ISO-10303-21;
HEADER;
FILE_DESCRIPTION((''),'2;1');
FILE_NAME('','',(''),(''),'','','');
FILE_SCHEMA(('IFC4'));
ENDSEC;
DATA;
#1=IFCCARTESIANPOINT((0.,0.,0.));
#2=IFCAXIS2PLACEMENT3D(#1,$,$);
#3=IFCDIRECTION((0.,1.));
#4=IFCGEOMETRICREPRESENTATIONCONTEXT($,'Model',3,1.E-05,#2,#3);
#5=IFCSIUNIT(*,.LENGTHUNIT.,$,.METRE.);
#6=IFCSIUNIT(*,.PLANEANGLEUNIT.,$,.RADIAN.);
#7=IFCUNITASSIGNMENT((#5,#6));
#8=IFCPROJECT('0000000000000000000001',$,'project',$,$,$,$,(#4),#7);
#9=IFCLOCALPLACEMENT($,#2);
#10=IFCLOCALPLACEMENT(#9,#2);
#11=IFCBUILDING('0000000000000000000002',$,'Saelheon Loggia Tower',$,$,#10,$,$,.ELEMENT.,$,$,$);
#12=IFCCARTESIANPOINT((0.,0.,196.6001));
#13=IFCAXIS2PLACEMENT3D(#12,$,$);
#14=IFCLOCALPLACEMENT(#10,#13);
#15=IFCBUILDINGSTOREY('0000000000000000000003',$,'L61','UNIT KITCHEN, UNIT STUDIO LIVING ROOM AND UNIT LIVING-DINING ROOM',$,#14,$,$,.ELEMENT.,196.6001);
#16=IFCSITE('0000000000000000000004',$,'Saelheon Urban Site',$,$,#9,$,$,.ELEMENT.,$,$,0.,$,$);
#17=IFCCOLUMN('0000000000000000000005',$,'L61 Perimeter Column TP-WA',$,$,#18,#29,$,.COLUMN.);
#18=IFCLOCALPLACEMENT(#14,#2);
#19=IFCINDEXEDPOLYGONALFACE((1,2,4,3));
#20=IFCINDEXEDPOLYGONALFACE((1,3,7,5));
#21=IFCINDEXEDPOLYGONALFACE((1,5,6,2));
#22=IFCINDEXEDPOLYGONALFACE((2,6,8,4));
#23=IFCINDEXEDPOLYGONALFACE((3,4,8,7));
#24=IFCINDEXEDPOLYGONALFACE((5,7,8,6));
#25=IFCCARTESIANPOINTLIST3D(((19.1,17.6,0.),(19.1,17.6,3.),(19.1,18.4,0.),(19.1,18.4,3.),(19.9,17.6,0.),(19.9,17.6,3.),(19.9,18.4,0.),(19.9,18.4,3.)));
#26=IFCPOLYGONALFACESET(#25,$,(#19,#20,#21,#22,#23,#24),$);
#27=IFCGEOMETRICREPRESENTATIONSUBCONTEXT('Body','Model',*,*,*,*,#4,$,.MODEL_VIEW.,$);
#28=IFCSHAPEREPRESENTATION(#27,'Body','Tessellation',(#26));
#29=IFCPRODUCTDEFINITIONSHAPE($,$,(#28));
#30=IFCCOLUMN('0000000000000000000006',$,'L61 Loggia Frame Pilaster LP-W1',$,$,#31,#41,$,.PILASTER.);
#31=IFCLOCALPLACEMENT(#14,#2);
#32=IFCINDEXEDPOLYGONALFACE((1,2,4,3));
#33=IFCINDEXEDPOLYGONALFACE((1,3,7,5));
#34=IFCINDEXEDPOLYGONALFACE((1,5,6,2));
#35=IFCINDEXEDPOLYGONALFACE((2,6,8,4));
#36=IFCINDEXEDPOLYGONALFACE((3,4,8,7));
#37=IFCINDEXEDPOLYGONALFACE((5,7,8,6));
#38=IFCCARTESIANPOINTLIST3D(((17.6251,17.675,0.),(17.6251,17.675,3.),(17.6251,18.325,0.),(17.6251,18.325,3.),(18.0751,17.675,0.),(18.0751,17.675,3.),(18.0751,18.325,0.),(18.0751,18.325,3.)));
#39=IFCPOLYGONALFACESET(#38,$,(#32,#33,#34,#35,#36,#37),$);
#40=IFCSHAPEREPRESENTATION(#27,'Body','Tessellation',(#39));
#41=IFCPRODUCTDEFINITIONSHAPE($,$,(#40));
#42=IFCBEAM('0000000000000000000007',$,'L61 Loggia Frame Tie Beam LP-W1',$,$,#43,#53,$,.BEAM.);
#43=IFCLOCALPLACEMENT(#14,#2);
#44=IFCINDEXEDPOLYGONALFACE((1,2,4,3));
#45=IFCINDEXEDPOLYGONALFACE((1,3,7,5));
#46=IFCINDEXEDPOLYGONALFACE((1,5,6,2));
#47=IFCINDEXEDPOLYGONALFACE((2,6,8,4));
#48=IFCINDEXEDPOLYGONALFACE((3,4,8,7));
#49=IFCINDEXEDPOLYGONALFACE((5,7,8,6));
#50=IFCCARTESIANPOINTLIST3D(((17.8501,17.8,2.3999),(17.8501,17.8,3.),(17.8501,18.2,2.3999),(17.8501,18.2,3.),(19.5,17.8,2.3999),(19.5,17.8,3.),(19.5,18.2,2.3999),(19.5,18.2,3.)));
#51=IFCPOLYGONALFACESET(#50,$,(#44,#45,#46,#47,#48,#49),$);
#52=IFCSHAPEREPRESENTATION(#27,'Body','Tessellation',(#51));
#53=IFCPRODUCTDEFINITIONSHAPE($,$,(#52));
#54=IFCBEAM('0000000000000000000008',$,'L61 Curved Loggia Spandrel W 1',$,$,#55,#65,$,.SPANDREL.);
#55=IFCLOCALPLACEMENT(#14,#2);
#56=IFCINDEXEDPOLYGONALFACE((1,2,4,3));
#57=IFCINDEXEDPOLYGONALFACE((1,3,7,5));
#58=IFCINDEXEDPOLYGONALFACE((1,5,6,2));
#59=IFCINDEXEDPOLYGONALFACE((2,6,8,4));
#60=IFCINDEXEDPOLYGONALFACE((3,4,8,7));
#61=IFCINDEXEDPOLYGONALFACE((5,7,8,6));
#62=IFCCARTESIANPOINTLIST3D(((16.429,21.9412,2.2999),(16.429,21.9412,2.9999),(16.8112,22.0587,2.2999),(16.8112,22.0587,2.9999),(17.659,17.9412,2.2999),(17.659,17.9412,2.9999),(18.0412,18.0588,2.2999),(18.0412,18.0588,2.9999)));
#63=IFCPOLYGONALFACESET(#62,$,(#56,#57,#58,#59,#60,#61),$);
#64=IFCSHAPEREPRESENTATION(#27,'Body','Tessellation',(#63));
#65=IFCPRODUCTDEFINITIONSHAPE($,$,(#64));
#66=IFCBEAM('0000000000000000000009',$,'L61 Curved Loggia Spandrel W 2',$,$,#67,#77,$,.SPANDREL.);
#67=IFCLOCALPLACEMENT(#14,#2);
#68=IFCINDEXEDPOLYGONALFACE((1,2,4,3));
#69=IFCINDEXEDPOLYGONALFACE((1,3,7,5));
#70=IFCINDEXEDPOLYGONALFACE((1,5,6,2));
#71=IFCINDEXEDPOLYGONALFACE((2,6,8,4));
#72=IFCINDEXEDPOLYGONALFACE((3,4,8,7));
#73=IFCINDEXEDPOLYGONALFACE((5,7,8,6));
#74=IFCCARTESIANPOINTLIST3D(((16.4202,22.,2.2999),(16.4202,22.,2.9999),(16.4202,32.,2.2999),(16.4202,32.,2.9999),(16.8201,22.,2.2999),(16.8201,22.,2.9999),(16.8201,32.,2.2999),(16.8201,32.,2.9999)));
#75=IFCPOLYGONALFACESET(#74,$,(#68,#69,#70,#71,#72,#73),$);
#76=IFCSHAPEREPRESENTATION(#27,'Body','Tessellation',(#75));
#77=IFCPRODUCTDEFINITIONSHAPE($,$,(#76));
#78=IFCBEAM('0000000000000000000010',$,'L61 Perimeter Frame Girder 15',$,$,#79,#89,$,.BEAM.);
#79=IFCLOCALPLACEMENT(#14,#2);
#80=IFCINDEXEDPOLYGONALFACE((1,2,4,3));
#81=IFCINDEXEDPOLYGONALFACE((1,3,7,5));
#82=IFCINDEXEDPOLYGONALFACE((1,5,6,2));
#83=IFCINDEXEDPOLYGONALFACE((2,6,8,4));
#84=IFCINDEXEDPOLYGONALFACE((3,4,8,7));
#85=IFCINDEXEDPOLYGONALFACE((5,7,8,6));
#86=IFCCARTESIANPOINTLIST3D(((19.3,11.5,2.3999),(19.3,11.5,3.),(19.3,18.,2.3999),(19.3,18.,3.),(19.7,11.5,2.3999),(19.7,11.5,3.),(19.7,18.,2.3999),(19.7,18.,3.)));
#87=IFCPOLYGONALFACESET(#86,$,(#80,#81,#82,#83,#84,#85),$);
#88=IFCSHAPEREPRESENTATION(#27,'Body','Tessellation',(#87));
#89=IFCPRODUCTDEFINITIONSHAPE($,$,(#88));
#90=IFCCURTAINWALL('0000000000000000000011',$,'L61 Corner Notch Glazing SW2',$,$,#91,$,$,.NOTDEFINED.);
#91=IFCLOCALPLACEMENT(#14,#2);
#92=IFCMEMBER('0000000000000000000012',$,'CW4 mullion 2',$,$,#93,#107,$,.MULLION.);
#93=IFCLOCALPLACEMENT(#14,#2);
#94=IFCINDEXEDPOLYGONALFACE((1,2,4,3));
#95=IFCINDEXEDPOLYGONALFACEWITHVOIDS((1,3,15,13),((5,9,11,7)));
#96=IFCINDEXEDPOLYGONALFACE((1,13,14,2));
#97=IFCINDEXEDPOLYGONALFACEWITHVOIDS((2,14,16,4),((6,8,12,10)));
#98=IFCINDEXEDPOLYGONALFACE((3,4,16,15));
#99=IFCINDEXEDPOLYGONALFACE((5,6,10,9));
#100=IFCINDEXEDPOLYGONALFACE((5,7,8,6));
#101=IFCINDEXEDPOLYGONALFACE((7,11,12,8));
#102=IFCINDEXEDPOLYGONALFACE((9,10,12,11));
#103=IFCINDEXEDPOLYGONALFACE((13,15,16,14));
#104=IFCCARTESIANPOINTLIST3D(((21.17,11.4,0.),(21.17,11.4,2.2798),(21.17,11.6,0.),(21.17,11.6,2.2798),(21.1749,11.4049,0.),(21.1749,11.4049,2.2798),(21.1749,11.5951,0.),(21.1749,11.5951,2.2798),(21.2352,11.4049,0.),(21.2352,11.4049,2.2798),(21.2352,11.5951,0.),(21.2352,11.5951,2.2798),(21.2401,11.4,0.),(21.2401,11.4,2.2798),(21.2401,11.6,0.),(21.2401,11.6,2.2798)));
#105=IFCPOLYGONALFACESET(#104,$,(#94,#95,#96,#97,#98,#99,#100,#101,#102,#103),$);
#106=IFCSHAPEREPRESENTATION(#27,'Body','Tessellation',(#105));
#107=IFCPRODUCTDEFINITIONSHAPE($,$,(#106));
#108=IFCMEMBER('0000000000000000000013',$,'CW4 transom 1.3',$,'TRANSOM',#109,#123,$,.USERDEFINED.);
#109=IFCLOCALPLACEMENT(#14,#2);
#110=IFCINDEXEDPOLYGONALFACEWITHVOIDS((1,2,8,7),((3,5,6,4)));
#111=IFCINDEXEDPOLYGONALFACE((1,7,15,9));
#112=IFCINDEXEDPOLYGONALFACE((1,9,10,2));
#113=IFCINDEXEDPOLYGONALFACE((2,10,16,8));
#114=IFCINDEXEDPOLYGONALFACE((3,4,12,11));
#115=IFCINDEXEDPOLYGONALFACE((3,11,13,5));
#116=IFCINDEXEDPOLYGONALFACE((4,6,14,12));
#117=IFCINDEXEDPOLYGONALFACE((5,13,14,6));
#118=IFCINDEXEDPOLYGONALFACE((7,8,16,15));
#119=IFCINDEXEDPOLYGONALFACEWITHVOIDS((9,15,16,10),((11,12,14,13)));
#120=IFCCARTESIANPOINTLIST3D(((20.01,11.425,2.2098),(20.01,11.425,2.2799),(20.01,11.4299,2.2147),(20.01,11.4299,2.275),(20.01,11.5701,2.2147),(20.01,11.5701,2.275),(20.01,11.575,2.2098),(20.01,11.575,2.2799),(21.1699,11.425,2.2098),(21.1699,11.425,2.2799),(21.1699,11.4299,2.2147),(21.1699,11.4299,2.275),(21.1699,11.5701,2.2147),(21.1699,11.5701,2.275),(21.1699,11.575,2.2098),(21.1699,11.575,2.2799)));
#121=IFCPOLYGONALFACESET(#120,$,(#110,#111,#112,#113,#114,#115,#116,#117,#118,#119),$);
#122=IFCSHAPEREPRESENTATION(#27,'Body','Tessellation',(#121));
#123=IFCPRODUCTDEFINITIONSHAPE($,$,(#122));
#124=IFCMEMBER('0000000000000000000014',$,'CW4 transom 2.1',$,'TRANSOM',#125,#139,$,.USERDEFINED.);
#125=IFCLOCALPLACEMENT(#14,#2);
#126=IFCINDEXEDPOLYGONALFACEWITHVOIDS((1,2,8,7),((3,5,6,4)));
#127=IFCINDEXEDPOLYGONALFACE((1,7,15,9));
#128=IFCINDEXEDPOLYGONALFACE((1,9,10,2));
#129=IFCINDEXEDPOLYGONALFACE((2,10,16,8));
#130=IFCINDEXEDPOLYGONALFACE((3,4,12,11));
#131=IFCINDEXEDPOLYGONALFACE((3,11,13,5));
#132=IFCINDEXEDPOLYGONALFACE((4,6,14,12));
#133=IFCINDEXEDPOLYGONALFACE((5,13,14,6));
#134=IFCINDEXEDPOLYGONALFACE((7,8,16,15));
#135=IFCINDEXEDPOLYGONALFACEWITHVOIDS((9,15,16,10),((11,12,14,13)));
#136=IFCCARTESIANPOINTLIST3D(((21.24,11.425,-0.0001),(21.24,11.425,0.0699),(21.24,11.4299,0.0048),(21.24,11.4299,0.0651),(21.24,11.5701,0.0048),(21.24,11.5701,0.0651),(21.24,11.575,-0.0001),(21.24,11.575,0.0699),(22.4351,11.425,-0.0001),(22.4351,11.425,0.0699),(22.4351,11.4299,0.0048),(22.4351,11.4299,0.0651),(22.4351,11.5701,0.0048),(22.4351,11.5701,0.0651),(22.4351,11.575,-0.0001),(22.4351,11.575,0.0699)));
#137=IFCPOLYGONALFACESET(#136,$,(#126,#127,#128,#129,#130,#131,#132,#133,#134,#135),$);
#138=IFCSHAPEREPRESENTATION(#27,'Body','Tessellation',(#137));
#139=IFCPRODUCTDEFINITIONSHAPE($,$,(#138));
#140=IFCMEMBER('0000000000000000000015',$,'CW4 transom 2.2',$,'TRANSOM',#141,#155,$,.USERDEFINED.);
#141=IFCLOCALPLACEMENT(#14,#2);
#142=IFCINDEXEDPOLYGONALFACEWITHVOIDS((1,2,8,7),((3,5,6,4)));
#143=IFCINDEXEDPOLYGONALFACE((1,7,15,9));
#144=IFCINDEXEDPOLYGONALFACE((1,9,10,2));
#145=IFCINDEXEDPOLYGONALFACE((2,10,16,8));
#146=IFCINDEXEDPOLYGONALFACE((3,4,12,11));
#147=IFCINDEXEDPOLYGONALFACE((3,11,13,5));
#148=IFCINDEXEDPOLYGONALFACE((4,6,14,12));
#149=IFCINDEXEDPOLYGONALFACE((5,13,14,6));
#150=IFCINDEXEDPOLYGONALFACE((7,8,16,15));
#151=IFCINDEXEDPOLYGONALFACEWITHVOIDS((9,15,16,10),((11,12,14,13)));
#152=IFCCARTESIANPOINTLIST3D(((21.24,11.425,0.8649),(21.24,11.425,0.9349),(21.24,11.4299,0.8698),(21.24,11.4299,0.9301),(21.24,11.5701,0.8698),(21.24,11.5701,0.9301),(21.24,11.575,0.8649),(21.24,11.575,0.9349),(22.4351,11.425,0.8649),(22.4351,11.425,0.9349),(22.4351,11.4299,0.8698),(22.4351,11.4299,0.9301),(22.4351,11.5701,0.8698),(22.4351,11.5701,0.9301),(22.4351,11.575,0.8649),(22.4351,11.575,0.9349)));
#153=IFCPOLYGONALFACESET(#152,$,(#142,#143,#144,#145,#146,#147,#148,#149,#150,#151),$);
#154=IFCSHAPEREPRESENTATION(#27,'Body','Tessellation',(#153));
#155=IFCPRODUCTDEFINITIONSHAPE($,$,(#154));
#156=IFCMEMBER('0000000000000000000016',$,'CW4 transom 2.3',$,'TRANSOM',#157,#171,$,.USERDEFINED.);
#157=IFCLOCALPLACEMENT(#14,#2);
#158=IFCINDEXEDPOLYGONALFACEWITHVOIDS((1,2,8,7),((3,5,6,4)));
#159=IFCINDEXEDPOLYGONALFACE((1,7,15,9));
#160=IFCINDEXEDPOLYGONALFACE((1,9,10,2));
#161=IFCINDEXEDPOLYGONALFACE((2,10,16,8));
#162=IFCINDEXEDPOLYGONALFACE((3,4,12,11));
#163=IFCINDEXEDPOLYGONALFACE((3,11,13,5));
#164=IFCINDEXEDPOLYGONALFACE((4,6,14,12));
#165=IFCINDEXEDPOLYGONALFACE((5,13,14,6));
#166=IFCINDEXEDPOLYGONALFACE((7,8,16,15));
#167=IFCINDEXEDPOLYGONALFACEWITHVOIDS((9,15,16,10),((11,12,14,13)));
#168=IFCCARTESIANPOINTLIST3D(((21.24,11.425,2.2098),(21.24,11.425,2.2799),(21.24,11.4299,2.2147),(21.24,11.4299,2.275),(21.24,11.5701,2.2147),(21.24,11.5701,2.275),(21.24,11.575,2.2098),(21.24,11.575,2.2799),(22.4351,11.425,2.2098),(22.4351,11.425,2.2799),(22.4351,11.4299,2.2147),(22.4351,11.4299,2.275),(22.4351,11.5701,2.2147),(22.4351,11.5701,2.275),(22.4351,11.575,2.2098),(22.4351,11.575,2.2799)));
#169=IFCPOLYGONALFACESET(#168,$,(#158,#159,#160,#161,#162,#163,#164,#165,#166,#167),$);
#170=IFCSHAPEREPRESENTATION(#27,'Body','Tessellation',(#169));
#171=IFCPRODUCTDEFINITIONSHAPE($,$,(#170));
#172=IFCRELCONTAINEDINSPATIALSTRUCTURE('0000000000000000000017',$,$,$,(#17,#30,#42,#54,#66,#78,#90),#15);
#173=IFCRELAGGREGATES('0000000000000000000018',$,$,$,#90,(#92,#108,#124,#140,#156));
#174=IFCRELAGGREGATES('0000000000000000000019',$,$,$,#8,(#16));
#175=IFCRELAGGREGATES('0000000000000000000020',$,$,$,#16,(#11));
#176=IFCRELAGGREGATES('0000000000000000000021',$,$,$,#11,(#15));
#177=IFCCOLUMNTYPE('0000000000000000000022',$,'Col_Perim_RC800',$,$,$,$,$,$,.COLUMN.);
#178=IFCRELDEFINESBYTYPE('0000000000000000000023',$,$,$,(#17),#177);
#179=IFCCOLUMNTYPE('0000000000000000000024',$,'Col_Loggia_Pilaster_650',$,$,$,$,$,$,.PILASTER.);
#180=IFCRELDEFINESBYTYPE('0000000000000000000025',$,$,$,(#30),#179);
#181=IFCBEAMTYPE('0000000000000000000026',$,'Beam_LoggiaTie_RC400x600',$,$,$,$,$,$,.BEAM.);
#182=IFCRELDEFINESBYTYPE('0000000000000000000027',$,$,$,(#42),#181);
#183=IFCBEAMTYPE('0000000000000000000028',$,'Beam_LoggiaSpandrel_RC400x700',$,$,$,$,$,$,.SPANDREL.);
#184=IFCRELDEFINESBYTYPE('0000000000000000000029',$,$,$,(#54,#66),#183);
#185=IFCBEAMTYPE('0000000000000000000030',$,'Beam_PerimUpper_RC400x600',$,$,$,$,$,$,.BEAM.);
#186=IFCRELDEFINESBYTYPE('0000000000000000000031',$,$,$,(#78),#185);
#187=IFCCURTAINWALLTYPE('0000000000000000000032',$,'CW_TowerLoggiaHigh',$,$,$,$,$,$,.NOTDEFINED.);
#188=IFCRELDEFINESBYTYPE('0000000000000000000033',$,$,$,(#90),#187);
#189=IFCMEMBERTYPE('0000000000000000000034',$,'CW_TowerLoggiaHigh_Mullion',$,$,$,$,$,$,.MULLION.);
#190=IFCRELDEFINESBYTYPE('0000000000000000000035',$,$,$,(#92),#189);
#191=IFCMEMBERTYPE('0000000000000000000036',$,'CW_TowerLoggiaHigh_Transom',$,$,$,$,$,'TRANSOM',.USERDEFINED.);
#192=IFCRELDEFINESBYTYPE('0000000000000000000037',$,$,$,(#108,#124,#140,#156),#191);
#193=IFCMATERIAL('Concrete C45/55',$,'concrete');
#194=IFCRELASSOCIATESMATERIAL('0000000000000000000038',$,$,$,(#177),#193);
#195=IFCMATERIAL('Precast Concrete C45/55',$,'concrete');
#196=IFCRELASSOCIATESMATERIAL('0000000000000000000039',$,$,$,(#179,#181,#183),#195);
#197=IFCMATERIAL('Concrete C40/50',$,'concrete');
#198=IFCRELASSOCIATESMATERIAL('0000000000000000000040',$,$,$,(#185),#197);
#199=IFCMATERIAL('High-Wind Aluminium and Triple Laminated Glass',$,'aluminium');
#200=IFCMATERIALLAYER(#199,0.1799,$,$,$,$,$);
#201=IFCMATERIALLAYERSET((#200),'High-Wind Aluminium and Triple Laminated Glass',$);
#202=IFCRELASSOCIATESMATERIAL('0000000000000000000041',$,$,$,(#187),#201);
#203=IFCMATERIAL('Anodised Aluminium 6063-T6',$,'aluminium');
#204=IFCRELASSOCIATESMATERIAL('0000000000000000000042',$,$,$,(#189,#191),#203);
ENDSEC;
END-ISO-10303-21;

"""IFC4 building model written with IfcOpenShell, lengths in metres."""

from ifc_helpers import new_model, si_unit, direction, frame, origin, origin_2d, place, context, subcontext, project, spatial, rectangle, hollow_rectangle, extrude, source, transform, mapped, material, layer, layer_set, material_profile, profile_set, type_object, element, aggregate, save


model = new_model("IFC4")

# Units and contexts
model_context = context("Model", 3, precision=1e-05, world=origin(), true_north=direction((0.0, 1.0)))
body_context = subcontext(model_context, "Body", "Model", "MODEL_VIEW")
ifc_project = project(units=[si_unit("LENGTHUNIT", "METRE"), si_unit("PLANEANGLEUNIT", "RADIAN")], contexts=[model_context])

# Site, building, storey
site_placement = place(None, origin())
site = spatial("IfcSite", under=ifc_project, at=site_placement, Name="Saelheon Urban Site", CompositionType="ELEMENT", RefElevation=0.0)
building_placement = place(site_placement, origin())
building = spatial("IfcBuilding", under=site, at=building_placement, Name="Saelheon Loggia Tower", CompositionType="ELEMENT")
storey_placement = place(building_placement, frame((0.0, 0.0, 196.6001)))
storey = spatial("IfcBuildingStorey", under=building, at=storey_placement, Name="L61", Description="UNIT KITCHEN, UNIT STUDIO LIVING ROOM AND UNIT LIVING-DINING ROOM", CompositionType="ELEMENT", Elevation=196.6001)

# Columns
ifc_material_1 = material(Name="Concrete C45/55", Category="concrete")
ifc_material_profile_1 = material_profile(ifc_material_1, rectangle(XDim=0.8, YDim=0.8, at=origin_2d()), Name="RC-800x800")
ifc_profile_set_1 = profile_set([ifc_material_profile_1], Name="Concrete C45/55")
column_type_1 = type_object("IfcColumnType", Name="Col_Perim_RC800", PredefinedType="COLUMN", material=ifc_profile_set_1)
shared_shape_1 = source(origin(), body_context, "Body", "SweptSolid", [
    extrude(rectangle(XDim=0.8, YDim=0.8, at=origin_2d()), origin(), (0.0, 0.0, 1.0), 3.0),
])
column_1_placement = place(storey_placement, frame((19.5, 18.0, 0.0), z_axis=(0.0, 0.0, 1.0), x_axis=(1.0, 0.0, 0.0)))
element("IfcColumn", 1, at=column_1_placement, inside=storey, type_object=column_type_1, Name="L61 Perimeter Column TP-WA", PredefinedType="COLUMN", context=body_context, shape_type="MappedRepresentation", body=[
    mapped(shared_shape_1, transform((0.0, 0.0, 0.0), scale=1.0)),
])
ifc_material_2 = material(Name="Precast Concrete C45/55", Category="concrete")
ifc_material_profile_2 = material_profile(ifc_material_2, rectangle(XDim=0.45, YDim=0.6499, at=origin_2d()), Name="RC-450x650")
ifc_profile_set_2 = profile_set([ifc_material_profile_2], Name="Precast Concrete C45/55")
column_type_2 = type_object("IfcColumnType", Name="Col_Loggia_Pilaster_650", PredefinedType="PILASTER", material=ifc_profile_set_2)
shared_shape_2 = source(origin(), body_context, "Body", "SweptSolid", [
    extrude(rectangle(XDim=0.45, YDim=0.6499, at=origin_2d()), origin(), (0.0, 0.0, 1.0), 3.0),
])
column_2_placement = place(storey_placement, frame((17.8501, 18.0, 0.0), z_axis=(0.0, 0.0, 1.0), x_axis=(1.0, 0.0, 0.0)))
element("IfcColumn", 2, at=column_2_placement, inside=storey, type_object=column_type_2, Name="L61 Loggia Frame Pilaster LP-W1", PredefinedType="PILASTER", context=body_context, shape_type="MappedRepresentation", body=[
    mapped(shared_shape_2, transform((0.0, 0.0, 0.0), scale=1.0)),
])

# Beams
ifc_material_profile_3 = material_profile(ifc_material_2, rectangle(XDim=0.3999, YDim=0.6001, at=origin_2d()), Name="RC-400x600")
ifc_profile_set_3 = profile_set([ifc_material_profile_3], Name="Precast Concrete C45/55")
beam_type_1 = type_object("IfcBeamType", Name="Beam_LoggiaTie_RC400x600", PredefinedType="BEAM", material=ifc_profile_set_3)
shared_shape_3 = source(origin(), body_context, "Body", "SweptSolid", [
    extrude(rectangle(XDim=0.3999, YDim=0.6001, at=origin_2d()), origin(), (0.0, 0.0, 1.0), 1.6499),
])
beam_1_placement = place(storey_placement, frame((19.5, 18.0, 2.7), z_axis=(-1.0, 0.0, 0.0), x_axis=(0.0, -1.0, 0.0)))
element("IfcBeam", 3, at=beam_1_placement, inside=storey, type_object=beam_type_1, Name="L61 Loggia Frame Tie Beam LP-W1", PredefinedType="BEAM", context=body_context, shape_type="MappedRepresentation", body=[
    mapped(shared_shape_3, transform((0.0, 0.0, 0.0), scale=1.0)),
])
ifc_material_profile_4 = material_profile(ifc_material_2, rectangle(XDim=0.3999, YDim=0.7, at=origin_2d()), Name="RC-400x700")
ifc_profile_set_4 = profile_set([ifc_material_profile_4], Name="Precast Concrete C45/55")
beam_type_2 = type_object("IfcBeamType", Name="Beam_LoggiaSpandrel_RC400x700", PredefinedType="SPANDREL", material=ifc_profile_set_4)
shared_shape_4 = source(origin(), body_context, "Body", "SweptSolid", [
    extrude(rectangle(XDim=0.3999, YDim=0.7, at=origin_2d()), origin(), (0.0, 0.0, 1.0), 4.1848),
])
beam_2_placement = place(storey_placement, frame((17.8501, 18.0, 2.6499), z_axis=(-0.293914, 0.955832, 0.0), x_axis=(-0.955832, -0.293914, 0.0)))
element("IfcBeam", 4, at=beam_2_placement, inside=storey, type_object=beam_type_2, Name="L61 Curved Loggia Spandrel W 1", PredefinedType="SPANDREL", context=body_context, shape_type="MappedRepresentation", body=[
    mapped(shared_shape_4, transform((0.0, 0.0, 0.0), scale=1.0)),
])
shared_shape_5 = source(origin(), body_context, "Body", "SweptSolid", [
    extrude(rectangle(XDim=0.3999, YDim=0.7, at=origin_2d()), origin(), (0.0, 0.0, 1.0), 10.0),
])
beam_3_placement = place(storey_placement, frame((16.6201, 22.0, 2.6499), z_axis=(0.0, 1.0, 0.0), x_axis=(-1.0, 0.0, 0.0)))
element("IfcBeam", 5, at=beam_3_placement, inside=storey, type_object=beam_type_2, Name="L61 Curved Loggia Spandrel W 2", PredefinedType="SPANDREL", context=body_context, shape_type="MappedRepresentation", body=[
    mapped(shared_shape_5, transform((0.0, 0.0, 0.0), scale=1.0)),
])
ifc_material_3 = material(Name="Concrete C40/50", Category="concrete")
ifc_material_profile_5 = material_profile(ifc_material_3, rectangle(XDim=0.3999, YDim=0.6001, at=origin_2d()), Name="RC-400x600")
ifc_profile_set_5 = profile_set([ifc_material_profile_5], Name="Concrete C40/50")
beam_type_3 = type_object("IfcBeamType", Name="Beam_PerimUpper_RC400x600", PredefinedType="BEAM", material=ifc_profile_set_5)
shared_shape_6 = source(origin(), body_context, "Body", "SweptSolid", [
    extrude(rectangle(XDim=0.3999, YDim=0.6001, at=origin_2d()), origin(), (0.0, 0.0, 1.0), 6.5),
])
beam_4_placement = place(storey_placement, frame((19.5, 18.0, 2.7), z_axis=(0.0, -1.0, 0.0), x_axis=(1.0, 0.0, 0.0)))
element("IfcBeam", 6, at=beam_4_placement, inside=storey, type_object=beam_type_3, Name="L61 Perimeter Frame Girder 15", PredefinedType="BEAM", context=body_context, shape_type="MappedRepresentation", body=[
    mapped(shared_shape_6, transform((0.0, 0.0, 0.0), scale=1.0)),
])

# Curtain wall, members
ifc_material_4 = material(Name="High-Wind Aluminium and Triple Laminated Glass", Category="aluminium")
ifc_layer_1 = layer(ifc_material_4, 0.1799)
ifc_layer_set_1 = layer_set([ifc_layer_1], Name="High-Wind Aluminium and Triple Laminated Glass")
curtain_wall_type = type_object("IfcCurtainWallType", Name="CW_TowerLoggiaHigh", PredefinedType="NOTDEFINED", material=ifc_layer_set_1)
curtain_wall_placement = place(storey_placement, origin())
curtain_wall = element("IfcCurtainWall", 7, at=curtain_wall_placement, inside=storey, type_object=curtain_wall_type, Name="L61 Corner Notch Glazing SW2", PredefinedType="NOTDEFINED")
ifc_material_5 = material(Name="Anodised Aluminium 6063-T6", Category="aluminium")
ifc_material_profile_6 = material_profile(ifc_material_5, hollow_rectangle(XDim=0.0701, YDim=0.2, WallThickness=0.0049, at=origin_2d()), Name="RHS-200x70x5")
ifc_profile_set_6 = profile_set([ifc_material_profile_6], Name="Anodised Aluminium 6063-T6")
member_type_1 = type_object("IfcMemberType", Name="CW_TowerLoggiaHigh_Mullion", PredefinedType="MULLION", material=ifc_profile_set_6)
shared_shape_7 = source(origin(), body_context, "Body", "SweptSolid", [
    extrude(hollow_rectangle(XDim=0.0701, YDim=0.2, WallThickness=0.0049, at=origin_2d()), origin(), (0.0, 0.0, 1.0), 2.2798),
])
member_1_placement = place(storey_placement, frame((21.2051, 11.5, 0.0), z_axis=(0.0, 0.0, 1.0), x_axis=(1.0, 0.0, 0.0)))
member_1 = element("IfcMember", 8, at=member_1_placement, type_object=member_type_1, Name="CW4 mullion 2", PredefinedType="MULLION", context=body_context, shape_type="MappedRepresentation", body=[
    mapped(shared_shape_7, transform((0.0, 0.0, 0.0), scale=1.0)),
])
ifc_material_profile_7 = material_profile(ifc_material_5, hollow_rectangle(XDim=0.0701, YDim=0.1499, WallThickness=0.0049, at=origin_2d()), Name="RHS-150x70x5")
ifc_profile_set_7 = profile_set([ifc_material_profile_7], Name="Anodised Aluminium 6063-T6")
member_type_2 = type_object("IfcMemberType", Name="CW_TowerLoggiaHigh_Transom", ElementType="TRANSOM", PredefinedType="USERDEFINED", material=ifc_profile_set_7)
shared_shape_8 = source(origin(), body_context, "Body", "SweptSolid", [
    extrude(hollow_rectangle(XDim=0.0701, YDim=0.1499, WallThickness=0.0049, at=origin_2d()), origin(), (0.0, 0.0, 1.0), 1.1599),
])
member_2_placement = place(storey_placement, frame((20.01, 11.5, 2.2449), z_axis=(1.0, 0.0, 0.0), x_axis=(0.0, 0.0, 1.0)))
member_2 = element("IfcMember", 9, at=member_2_placement, type_object=member_type_2, Name="CW4 transom 1.3", ObjectType="TRANSOM", PredefinedType="USERDEFINED", context=body_context, shape_type="MappedRepresentation", body=[
    mapped(shared_shape_8, transform((0.0, 0.0, 0.0), scale=1.0)),
])
shared_shape_9 = source(origin(), body_context, "Body", "SweptSolid", [
    extrude(hollow_rectangle(XDim=0.0701, YDim=0.1499, WallThickness=0.0049, at=origin_2d()), origin(), (0.0, 0.0, 1.0), 1.1951),
])
member_3_placement = place(storey_placement, frame((21.24, 11.5, 0.0349), z_axis=(1.0, 0.0, 0.0), x_axis=(0.0, 0.0, 1.0)))
member_3 = element("IfcMember", 10, at=member_3_placement, type_object=member_type_2, Name="CW4 transom 2.1", ObjectType="TRANSOM", PredefinedType="USERDEFINED", context=body_context, shape_type="MappedRepresentation", body=[
    mapped(shared_shape_9, transform((0.0, 0.0, 0.0), scale=1.0)),
])
member_4_placement = place(storey_placement, frame((21.24, 11.5, 0.8999), z_axis=(1.0, 0.0, 0.0), x_axis=(0.0, 0.0, 1.0)))
member_4 = element("IfcMember", 11, at=member_4_placement, type_object=member_type_2, Name="CW4 transom 2.2", ObjectType="TRANSOM", PredefinedType="USERDEFINED", context=body_context, shape_type="MappedRepresentation", body=[
    mapped(shared_shape_9, transform((0.0, 0.0, 0.0), scale=1.0)),
])
member_5_placement = place(storey_placement, frame((21.24, 11.5, 2.2449), z_axis=(1.0, 0.0, 0.0), x_axis=(0.0, 0.0, 1.0)))
member_5 = element("IfcMember", 12, at=member_5_placement, type_object=member_type_2, Name="CW4 transom 2.3", ObjectType="TRANSOM", PredefinedType="USERDEFINED", context=body_context, shape_type="MappedRepresentation", body=[
    mapped(shared_shape_9, transform((0.0, 0.0, 0.0), scale=1.0)),
])
aggregate(curtain_wall, [member_1, member_2, member_3, member_4, member_5])

save(model, "model.ifc")
